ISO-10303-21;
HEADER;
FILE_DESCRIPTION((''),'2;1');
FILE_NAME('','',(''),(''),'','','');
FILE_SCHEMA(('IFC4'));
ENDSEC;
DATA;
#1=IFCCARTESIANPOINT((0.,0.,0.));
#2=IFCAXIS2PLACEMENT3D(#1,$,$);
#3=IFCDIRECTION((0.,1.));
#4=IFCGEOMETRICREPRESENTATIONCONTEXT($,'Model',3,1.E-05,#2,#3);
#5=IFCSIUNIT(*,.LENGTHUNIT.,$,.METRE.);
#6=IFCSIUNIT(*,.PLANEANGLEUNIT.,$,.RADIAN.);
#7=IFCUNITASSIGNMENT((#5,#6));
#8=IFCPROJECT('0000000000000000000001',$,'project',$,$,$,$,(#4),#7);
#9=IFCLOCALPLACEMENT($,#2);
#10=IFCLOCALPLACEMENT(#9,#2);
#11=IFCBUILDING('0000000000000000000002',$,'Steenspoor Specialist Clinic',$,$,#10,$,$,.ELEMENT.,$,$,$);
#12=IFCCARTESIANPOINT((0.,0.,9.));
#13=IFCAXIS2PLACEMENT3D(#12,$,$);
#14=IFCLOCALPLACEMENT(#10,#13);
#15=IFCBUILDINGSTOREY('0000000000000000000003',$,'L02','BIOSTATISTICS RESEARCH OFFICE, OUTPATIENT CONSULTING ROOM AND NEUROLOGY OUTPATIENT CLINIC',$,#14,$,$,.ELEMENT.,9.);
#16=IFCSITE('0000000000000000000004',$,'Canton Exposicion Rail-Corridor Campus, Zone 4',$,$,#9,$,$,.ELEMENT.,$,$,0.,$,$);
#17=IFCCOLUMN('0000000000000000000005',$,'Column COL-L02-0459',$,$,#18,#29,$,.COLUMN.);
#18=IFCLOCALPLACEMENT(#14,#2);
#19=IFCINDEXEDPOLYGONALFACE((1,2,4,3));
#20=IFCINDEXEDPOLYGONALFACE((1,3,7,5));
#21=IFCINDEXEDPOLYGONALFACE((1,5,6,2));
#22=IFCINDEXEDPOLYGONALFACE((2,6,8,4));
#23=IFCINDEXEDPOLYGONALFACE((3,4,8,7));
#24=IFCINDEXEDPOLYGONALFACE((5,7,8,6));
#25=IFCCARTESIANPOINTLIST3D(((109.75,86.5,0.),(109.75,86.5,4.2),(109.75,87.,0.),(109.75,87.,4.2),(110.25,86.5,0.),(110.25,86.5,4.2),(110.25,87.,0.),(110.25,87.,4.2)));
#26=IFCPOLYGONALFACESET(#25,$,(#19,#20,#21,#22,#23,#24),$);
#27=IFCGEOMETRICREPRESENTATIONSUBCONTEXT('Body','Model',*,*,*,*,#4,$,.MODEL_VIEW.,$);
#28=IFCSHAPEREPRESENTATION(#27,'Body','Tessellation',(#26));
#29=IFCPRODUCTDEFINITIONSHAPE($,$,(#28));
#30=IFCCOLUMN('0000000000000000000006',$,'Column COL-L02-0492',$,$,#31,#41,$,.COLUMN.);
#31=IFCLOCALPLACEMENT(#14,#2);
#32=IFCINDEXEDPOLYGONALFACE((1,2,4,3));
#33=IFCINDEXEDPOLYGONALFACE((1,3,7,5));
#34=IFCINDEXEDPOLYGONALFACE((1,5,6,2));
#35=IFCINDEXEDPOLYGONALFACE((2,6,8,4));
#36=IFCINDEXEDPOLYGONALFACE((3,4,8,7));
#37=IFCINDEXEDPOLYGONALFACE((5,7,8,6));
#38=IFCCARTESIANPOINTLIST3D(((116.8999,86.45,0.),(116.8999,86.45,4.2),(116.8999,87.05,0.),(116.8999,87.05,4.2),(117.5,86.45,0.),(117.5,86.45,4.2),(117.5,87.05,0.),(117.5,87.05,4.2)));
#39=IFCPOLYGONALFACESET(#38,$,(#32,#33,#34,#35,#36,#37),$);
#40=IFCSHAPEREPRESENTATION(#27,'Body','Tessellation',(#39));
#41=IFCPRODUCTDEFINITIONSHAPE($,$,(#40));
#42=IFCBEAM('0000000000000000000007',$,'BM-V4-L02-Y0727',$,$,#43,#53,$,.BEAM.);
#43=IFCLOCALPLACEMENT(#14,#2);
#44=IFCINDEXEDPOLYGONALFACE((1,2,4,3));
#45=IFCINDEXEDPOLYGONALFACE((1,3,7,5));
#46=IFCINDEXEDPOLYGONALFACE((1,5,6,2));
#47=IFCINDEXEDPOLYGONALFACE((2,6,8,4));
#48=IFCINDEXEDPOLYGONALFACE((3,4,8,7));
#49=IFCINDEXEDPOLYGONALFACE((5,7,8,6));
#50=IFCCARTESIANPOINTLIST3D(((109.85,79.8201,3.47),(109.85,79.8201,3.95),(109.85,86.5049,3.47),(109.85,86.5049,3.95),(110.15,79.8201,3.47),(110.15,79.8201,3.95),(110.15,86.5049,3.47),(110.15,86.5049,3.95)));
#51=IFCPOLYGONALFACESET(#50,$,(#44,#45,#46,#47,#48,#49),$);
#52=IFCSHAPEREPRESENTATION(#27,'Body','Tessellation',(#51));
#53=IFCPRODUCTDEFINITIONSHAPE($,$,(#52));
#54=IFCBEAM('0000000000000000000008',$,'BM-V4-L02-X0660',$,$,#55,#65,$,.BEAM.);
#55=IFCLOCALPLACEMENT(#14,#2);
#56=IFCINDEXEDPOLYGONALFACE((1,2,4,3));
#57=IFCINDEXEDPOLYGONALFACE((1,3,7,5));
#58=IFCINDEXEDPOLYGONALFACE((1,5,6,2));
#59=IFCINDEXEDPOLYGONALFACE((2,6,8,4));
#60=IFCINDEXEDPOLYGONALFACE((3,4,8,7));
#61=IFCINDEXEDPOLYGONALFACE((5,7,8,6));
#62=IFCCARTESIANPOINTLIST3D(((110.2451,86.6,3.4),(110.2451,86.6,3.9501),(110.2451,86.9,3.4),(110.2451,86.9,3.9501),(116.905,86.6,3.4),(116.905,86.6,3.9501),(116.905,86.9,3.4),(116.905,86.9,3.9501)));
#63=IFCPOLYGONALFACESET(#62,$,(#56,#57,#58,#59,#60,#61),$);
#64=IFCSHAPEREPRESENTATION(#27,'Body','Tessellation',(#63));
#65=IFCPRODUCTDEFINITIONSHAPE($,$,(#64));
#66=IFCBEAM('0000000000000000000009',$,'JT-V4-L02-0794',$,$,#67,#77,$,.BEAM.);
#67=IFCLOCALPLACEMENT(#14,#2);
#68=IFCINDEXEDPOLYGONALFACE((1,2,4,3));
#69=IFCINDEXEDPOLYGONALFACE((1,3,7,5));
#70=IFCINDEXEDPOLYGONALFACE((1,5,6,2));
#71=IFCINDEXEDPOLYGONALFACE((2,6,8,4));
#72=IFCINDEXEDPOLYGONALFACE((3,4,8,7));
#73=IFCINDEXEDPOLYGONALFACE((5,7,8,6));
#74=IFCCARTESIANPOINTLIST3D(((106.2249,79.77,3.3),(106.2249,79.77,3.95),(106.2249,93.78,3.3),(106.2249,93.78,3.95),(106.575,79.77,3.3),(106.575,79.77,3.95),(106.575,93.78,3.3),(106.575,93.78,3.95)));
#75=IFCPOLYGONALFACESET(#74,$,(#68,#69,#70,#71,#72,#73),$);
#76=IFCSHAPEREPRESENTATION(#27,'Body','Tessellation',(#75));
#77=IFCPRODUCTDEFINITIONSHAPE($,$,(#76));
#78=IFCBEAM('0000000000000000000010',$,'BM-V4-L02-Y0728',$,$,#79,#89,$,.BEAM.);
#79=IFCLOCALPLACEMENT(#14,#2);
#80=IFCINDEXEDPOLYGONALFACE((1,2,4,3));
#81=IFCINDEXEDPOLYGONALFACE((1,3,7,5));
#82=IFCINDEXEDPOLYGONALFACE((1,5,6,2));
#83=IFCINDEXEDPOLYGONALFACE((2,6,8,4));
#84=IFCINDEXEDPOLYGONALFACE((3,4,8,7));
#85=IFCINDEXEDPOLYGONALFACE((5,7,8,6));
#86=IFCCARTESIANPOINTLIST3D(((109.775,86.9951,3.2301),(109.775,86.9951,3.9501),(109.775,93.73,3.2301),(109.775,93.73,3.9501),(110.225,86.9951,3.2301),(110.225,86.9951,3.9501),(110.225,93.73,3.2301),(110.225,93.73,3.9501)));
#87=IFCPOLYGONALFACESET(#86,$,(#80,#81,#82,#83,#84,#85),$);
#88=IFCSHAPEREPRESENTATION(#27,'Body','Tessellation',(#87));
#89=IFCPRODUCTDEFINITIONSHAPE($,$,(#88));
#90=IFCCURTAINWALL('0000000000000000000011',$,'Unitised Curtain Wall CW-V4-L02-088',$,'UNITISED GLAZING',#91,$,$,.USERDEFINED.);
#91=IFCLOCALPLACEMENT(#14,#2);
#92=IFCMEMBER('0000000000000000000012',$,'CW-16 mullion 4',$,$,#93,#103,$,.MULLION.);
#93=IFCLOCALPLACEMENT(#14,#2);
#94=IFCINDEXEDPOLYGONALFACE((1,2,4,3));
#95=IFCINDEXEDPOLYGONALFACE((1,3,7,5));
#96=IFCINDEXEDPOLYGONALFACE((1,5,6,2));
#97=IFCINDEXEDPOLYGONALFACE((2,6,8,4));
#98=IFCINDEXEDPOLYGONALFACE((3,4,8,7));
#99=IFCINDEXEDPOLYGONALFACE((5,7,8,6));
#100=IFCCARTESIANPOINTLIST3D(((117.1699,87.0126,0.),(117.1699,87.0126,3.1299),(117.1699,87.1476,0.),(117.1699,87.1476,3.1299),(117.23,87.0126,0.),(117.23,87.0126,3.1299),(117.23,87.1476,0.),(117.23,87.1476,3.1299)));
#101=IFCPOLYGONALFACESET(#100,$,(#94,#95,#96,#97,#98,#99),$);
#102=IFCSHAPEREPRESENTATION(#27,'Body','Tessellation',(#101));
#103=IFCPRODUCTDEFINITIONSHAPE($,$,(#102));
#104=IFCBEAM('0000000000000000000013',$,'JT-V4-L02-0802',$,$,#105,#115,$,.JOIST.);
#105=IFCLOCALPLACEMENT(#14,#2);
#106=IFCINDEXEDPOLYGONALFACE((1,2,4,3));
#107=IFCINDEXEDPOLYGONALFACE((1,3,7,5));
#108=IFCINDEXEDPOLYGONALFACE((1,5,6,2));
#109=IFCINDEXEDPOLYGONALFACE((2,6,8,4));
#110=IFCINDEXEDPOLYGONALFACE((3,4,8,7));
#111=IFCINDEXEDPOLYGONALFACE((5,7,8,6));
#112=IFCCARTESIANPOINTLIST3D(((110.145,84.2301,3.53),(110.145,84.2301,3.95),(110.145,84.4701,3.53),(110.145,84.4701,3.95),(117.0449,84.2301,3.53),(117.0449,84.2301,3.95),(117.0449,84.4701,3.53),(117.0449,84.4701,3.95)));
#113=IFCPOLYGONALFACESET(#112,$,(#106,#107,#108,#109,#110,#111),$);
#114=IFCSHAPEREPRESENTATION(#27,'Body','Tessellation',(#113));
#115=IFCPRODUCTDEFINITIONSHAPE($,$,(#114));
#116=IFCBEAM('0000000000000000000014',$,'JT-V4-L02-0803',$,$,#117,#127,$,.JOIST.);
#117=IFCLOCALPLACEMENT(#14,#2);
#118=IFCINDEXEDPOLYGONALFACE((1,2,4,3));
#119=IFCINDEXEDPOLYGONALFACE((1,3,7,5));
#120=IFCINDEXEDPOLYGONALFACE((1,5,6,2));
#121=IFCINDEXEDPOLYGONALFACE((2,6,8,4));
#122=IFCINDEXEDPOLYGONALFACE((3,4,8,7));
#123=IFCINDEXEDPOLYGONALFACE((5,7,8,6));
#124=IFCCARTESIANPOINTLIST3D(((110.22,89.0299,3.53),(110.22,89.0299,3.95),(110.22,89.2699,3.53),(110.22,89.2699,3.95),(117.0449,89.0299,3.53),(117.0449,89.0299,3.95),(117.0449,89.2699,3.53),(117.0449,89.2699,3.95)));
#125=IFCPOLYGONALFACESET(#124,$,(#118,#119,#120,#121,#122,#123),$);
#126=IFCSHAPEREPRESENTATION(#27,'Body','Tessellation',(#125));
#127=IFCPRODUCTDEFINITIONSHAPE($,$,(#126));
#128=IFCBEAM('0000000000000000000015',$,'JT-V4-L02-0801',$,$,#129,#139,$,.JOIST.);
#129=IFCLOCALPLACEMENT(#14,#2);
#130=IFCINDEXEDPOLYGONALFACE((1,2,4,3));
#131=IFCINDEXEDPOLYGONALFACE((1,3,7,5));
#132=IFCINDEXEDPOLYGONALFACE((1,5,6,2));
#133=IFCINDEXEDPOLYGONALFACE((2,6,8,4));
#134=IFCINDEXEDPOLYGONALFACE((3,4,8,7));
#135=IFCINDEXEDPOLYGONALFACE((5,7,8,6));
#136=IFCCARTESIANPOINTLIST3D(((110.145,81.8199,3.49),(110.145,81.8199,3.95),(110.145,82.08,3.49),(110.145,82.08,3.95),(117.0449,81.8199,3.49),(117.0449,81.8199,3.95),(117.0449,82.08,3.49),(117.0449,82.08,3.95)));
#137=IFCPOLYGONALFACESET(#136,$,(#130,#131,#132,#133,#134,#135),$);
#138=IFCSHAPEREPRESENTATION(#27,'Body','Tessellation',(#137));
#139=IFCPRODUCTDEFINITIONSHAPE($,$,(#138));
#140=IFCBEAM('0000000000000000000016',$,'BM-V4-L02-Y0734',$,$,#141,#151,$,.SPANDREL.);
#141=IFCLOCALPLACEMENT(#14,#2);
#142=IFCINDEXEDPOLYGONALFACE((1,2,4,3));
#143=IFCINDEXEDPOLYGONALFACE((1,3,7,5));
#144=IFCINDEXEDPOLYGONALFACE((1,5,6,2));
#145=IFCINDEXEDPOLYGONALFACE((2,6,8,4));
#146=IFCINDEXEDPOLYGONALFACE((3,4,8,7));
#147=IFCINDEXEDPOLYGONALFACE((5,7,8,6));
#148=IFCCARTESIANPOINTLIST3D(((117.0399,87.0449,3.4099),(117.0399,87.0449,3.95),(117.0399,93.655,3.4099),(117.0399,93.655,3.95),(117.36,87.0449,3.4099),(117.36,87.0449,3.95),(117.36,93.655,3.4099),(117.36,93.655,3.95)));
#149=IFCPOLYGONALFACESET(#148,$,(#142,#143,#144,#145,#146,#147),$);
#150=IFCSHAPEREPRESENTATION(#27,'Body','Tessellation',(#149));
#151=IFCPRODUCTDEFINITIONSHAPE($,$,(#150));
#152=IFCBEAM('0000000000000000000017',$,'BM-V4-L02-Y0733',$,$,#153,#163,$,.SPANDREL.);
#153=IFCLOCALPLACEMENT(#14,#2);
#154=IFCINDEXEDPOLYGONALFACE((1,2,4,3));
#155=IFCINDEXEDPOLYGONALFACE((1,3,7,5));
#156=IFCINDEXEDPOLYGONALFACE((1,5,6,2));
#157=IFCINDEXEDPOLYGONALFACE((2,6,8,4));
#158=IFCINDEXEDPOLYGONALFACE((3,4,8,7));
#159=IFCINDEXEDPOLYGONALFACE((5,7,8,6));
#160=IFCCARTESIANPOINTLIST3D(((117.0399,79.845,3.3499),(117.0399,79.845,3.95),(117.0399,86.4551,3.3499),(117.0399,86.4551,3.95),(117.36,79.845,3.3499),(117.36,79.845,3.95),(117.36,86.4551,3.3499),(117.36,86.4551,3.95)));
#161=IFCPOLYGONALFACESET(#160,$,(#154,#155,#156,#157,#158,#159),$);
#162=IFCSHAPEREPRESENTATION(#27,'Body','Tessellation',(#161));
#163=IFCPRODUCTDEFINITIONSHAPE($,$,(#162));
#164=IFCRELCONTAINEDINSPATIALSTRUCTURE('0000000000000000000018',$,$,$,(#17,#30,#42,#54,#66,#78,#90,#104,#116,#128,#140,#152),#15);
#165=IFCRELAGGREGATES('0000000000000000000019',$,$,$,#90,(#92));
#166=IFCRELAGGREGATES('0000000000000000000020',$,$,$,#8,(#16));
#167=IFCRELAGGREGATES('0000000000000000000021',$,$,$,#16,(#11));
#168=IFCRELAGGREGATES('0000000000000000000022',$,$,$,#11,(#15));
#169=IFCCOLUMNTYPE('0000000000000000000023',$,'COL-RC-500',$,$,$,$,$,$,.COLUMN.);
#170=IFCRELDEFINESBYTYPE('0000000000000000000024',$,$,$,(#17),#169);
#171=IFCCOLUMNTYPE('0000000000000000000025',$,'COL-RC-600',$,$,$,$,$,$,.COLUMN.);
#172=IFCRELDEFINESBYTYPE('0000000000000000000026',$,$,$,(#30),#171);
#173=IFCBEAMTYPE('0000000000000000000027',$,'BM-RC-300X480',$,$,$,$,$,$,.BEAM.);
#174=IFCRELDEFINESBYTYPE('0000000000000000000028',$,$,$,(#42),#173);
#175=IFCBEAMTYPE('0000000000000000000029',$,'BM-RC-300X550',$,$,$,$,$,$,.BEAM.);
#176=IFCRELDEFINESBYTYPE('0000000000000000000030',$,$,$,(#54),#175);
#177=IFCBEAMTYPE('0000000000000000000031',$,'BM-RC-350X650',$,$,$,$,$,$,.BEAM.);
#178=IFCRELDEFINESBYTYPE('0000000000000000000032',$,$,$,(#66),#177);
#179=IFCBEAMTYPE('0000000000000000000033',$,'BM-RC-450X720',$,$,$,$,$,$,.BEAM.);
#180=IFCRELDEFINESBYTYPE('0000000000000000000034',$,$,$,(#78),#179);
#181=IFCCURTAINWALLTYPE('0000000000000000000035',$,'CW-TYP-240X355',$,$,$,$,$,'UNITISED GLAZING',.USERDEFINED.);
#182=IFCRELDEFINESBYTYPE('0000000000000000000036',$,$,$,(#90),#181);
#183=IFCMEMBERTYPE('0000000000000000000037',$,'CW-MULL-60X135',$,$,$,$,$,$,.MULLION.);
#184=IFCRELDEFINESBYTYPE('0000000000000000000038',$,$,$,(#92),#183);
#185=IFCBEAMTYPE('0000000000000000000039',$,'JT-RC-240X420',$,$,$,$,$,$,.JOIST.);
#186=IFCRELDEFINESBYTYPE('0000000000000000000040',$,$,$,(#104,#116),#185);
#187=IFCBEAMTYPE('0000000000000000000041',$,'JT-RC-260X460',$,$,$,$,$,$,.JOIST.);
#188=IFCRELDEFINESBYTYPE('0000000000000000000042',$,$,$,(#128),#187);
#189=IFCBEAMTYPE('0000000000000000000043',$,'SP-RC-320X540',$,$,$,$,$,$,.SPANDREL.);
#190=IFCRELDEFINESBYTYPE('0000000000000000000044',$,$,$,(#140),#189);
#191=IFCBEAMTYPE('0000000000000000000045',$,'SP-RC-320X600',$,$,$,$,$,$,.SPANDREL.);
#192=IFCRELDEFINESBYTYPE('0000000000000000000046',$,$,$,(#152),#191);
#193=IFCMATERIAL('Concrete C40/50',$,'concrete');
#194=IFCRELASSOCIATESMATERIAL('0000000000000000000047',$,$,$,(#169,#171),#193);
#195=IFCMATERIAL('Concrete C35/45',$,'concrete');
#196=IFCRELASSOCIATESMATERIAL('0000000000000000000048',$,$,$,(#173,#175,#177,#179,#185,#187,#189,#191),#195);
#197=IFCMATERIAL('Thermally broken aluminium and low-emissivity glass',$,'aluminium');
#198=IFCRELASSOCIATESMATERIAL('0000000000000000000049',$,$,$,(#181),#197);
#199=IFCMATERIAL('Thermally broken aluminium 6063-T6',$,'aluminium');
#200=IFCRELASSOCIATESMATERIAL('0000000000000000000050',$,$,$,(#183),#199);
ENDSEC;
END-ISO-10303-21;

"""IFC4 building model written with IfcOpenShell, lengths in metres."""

from ifc_helpers import new_model, si_unit, direction, frame, origin, origin_2d, place, context, subcontext, project, spatial, rectangle, extrude, material, material_profile, profile_set, type_object, element, aggregate, save


model = new_model("IFC4")

# Units and contexts
model_context = context("Model", 3, precision=1e-05, world=origin(), true_north=direction((0.0, 1.0)))
body_context = subcontext(model_context, "Body", "Model", "MODEL_VIEW")
ifc_project = project(units=[si_unit("LENGTHUNIT", "METRE"), si_unit("PLANEANGLEUNIT", "RADIAN")], contexts=[model_context])

# Site, building, storey
site_placement = place(None, origin())
site = spatial("IfcSite", under=ifc_project, at=site_placement, Name="Canton Exposicion Rail-Corridor Campus, Zone 4", CompositionType="ELEMENT", RefElevation=0.0)
building_placement = place(site_placement, origin())
building = spatial("IfcBuilding", under=site, at=building_placement, Name="Steenspoor Specialist Clinic", CompositionType="ELEMENT")
storey_placement = place(building_placement, frame((0.0, 0.0, 9.0)))
storey = spatial("IfcBuildingStorey", under=building, at=storey_placement, Name="L02", Description="BIOSTATISTICS RESEARCH OFFICE, OUTPATIENT CONSULTING ROOM AND NEUROLOGY OUTPATIENT CLINIC", CompositionType="ELEMENT", Elevation=9.0)

# Columns
ifc_material_1 = material(Name="Concrete C40/50", Category="concrete")
ifc_material_profile_1 = material_profile(ifc_material_1, rectangle(XDim=0.5, YDim=0.5, at=origin_2d()), Name="RC-COL-500X500")
ifc_profile_set_1 = profile_set([ifc_material_profile_1], Name="Concrete C40/50")
column_type_1 = type_object("IfcColumnType", Name="COL-RC-500", PredefinedType="COLUMN", material=ifc_profile_set_1)
column_1_placement = place(storey_placement, frame((110.0, 86.75, 0.0), z_axis=(0.0, 0.0, 1.0), x_axis=(1.0, 0.0, 0.0)))
element("IfcColumn", 1, at=column_1_placement, inside=storey, type_object=column_type_1, Name="Column COL-L02-0459", PredefinedType="COLUMN", context=body_context, shape_type="SweptSolid", body=[
    extrude(rectangle(XDim=0.5, YDim=0.5, at=origin_2d()), origin(), (0.0, 0.0, 1.0), 4.2),
])
ifc_material_profile_2 = material_profile(ifc_material_1, rectangle(XDim=0.6001, YDim=0.6001, at=origin_2d()), Name="RC-COL-600X600")
ifc_profile_set_2 = profile_set([ifc_material_profile_2], Name="Concrete C40/50")
column_type_2 = type_object("IfcColumnType", Name="COL-RC-600", PredefinedType="COLUMN", material=ifc_profile_set_2)
column_2_placement = place(storey_placement, frame((117.2, 86.75, 0.0), z_axis=(0.0, 0.0, 1.0), x_axis=(1.0, 0.0, 0.0)))
element("IfcColumn", 2, at=column_2_placement, inside=storey, type_object=column_type_2, Name="Column COL-L02-0492", PredefinedType="COLUMN", context=body_context, shape_type="SweptSolid", body=[
    extrude(rectangle(XDim=0.6001, YDim=0.6001, at=origin_2d()), origin(), (0.0, 0.0, 1.0), 4.2),
])

# Beams
ifc_material_2 = material(Name="Concrete C35/45", Category="concrete")
ifc_material_profile_3 = material_profile(ifc_material_2, rectangle(XDim=0.3, YDim=0.48, at=origin_2d()), Name="RC-BM-300X480")
ifc_profile_set_3 = profile_set([ifc_material_profile_3], Name="Concrete C35/45")
beam_type_1 = type_object("IfcBeamType", Name="BM-RC-300X480", PredefinedType="BEAM", material=ifc_profile_set_3)
beam_1_placement = place(storey_placement, frame((110.0, 79.8201, 3.71), z_axis=(0.0, 1.0, 0.0), x_axis=(-1.0, 0.0, 0.0)))
element("IfcBeam", 3, at=beam_1_placement, inside=storey, type_object=beam_type_1, Name="BM-V4-L02-Y0727", PredefinedType="BEAM", context=body_context, shape_type="SweptSolid", body=[
    extrude(rectangle(XDim=0.3, YDim=0.48, at=origin_2d()), origin(), (0.0, 0.0, 1.0), 6.6848),
])
ifc_material_profile_4 = material_profile(ifc_material_2, rectangle(XDim=0.3, YDim=0.55, at=origin_2d()), Name="RC-BM-300X550")
ifc_profile_set_4 = profile_set([ifc_material_profile_4], Name="Concrete C35/45")
beam_type_2 = type_object("IfcBeamType", Name="BM-RC-300X550", PredefinedType="BEAM", material=ifc_profile_set_4)
beam_2_placement = place(storey_placement, frame((110.2451, 86.75, 3.675), z_axis=(1.0, 0.0, 0.0), x_axis=(0.0, 1.0, 0.0)))
element("IfcBeam", 4, at=beam_2_placement, inside=storey, type_object=beam_type_2, Name="BM-V4-L02-X0660", PredefinedType="BEAM", context=body_context, shape_type="SweptSolid", body=[
    extrude(rectangle(XDim=0.3, YDim=0.55, at=origin_2d()), origin(), (0.0, 0.0, 1.0), 6.6599),
])
ifc_material_profile_5 = material_profile(ifc_material_2, rectangle(XDim=0.3501, YDim=0.6499, at=origin_2d()), Name="RC-BM-350X650")
ifc_profile_set_5 = profile_set([ifc_material_profile_5], Name="Concrete C35/45")
beam_type_3 = type_object("IfcBeamType", Name="BM-RC-350X650", PredefinedType="BEAM", material=ifc_profile_set_5)
beam_3_placement = place(storey_placement, frame((106.3999, 79.77, 3.625), z_axis=(0.0, 1.0, 0.0), x_axis=(-1.0, 0.0, 0.0)))
element("IfcBeam", 5, at=beam_3_placement, inside=storey, type_object=beam_type_3, Name="JT-V4-L02-0794", PredefinedType="BEAM", context=body_context, shape_type="SweptSolid", body=[
    extrude(rectangle(XDim=0.3501, YDim=0.6499, at=origin_2d()), origin(), (0.0, 0.0, 1.0), 14.01),
])
ifc_material_profile_6 = material_profile(ifc_material_2, rectangle(XDim=0.45, YDim=0.72, at=origin_2d()), Name="RC-BM-450X720")
ifc_profile_set_6 = profile_set([ifc_material_profile_6], Name="Concrete C35/45")
beam_type_4 = type_object("IfcBeamType", Name="BM-RC-450X720", PredefinedType="BEAM", material=ifc_profile_set_6)
beam_4_placement = place(storey_placement, frame((110.0, 86.9951, 3.5901), z_axis=(0.0, 1.0, 0.0), x_axis=(-1.0, 0.0, 0.0)))
element("IfcBeam", 6, at=beam_4_placement, inside=storey, type_object=beam_type_4, Name="BM-V4-L02-Y0728", PredefinedType="BEAM", context=body_context, shape_type="SweptSolid", body=[
    extrude(rectangle(XDim=0.45, YDim=0.72, at=origin_2d()), origin(), (0.0, 0.0, 1.0), 6.7349),
])

# Curtain wall, member
ifc_material_3 = material(Name="Thermally broken aluminium and low-emissivity glass", Category="aluminium")
curtain_wall_type = type_object("IfcCurtainWallType", Name="CW-TYP-240X355", ElementType="UNITISED GLAZING", PredefinedType="USERDEFINED", material=ifc_material_3)
curtain_wall_placement = place(storey_placement, origin())
curtain_wall = element("IfcCurtainWall", 7, at=curtain_wall_placement, inside=storey, type_object=curtain_wall_type, Name="Unitised Curtain Wall CW-V4-L02-088", ObjectType="UNITISED GLAZING", PredefinedType="USERDEFINED")
ifc_material_4 = material(Name="Thermally broken aluminium 6063-T6", Category="aluminium")
ifc_material_profile_7 = material_profile(ifc_material_4, rectangle(XDim=0.0601, YDim=0.135, at=origin_2d()), Name="CWM-60X135")
ifc_profile_set_7 = profile_set([ifc_material_profile_7], Name="Thermally broken aluminium 6063-T6")
member_type = type_object("IfcMemberType", Name="CW-MULL-60X135", PredefinedType="MULLION", material=ifc_profile_set_7)
member_placement = place(storey_placement, frame((117.2, 87.0801, 0.0), z_axis=(0.0, 0.0, 1.0), x_axis=(1.0, 0.0, 0.0)))
member = element("IfcMember", 8, at=member_placement, type_object=member_type, Name="CW-16 mullion 4", PredefinedType="MULLION", context=body_context, shape_type="SweptSolid", body=[
    extrude(rectangle(XDim=0.0601, YDim=0.135, at=origin_2d()), origin(), (0.0, 0.0, 1.0), 3.1299),
])

# Beams
ifc_material_profile_8 = material_profile(ifc_material_2, rectangle(XDim=0.24, YDim=0.4199, at=origin_2d()), Name="RC-JT-240X420")
ifc_profile_set_8 = profile_set([ifc_material_profile_8], Name="Concrete C35/45")
beam_type_5 = type_object("IfcBeamType", Name="JT-RC-240X420", PredefinedType="JOIST", material=ifc_profile_set_8)
beam_5_placement = place(storey_placement, frame((110.145, 84.3501, 3.74), z_axis=(1.0, 0.0, 0.0), x_axis=(0.0, 1.0, 0.0)))
element("IfcBeam", 9, at=beam_5_placement, inside=storey, type_object=beam_type_5, Name="JT-V4-L02-0802", PredefinedType="JOIST", context=body_context, shape_type="SweptSolid", body=[
    extrude(rectangle(XDim=0.24, YDim=0.4199, at=origin_2d()), origin(), (0.0, 0.0, 1.0), 6.8999),
])
beam_6_placement = place(storey_placement, frame((110.22, 89.1499, 3.74), z_axis=(1.0, 0.0, 0.0), x_axis=(0.0, 1.0, 0.0)))
element("IfcBeam", 10, at=beam_6_placement, inside=storey, type_object=beam_type_5, Name="JT-V4-L02-0803", PredefinedType="JOIST", context=body_context, shape_type="SweptSolid", body=[
    extrude(rectangle(XDim=0.24, YDim=0.4199, at=origin_2d()), origin(), (0.0, 0.0, 1.0), 6.825),
])
ifc_material_profile_9 = material_profile(ifc_material_2, rectangle(XDim=0.26, YDim=0.46, at=origin_2d()), Name="RC-JT-260X460")
ifc_profile_set_9 = profile_set([ifc_material_profile_9], Name="Concrete C35/45")
beam_type_6 = type_object("IfcBeamType", Name="JT-RC-260X460", PredefinedType="JOIST", material=ifc_profile_set_9)
beam_7_placement = place(storey_placement, frame((110.145, 81.95, 3.72), z_axis=(1.0, 0.0, 0.0), x_axis=(0.0, 1.0, 0.0)))
element("IfcBeam", 11, at=beam_7_placement, inside=storey, type_object=beam_type_6, Name="JT-V4-L02-0801", PredefinedType="JOIST", context=body_context, shape_type="SweptSolid", body=[
    extrude(rectangle(XDim=0.26, YDim=0.46, at=origin_2d()), origin(), (0.0, 0.0, 1.0), 6.8999),
])
ifc_material_profile_10 = material_profile(ifc_material_2, rectangle(XDim=0.3201, YDim=0.54, at=origin_2d()), Name="RC-SP-320X540")
ifc_profile_set_10 = profile_set([ifc_material_profile_10], Name="Concrete C35/45")
beam_type_7 = type_object("IfcBeamType", Name="SP-RC-320X540", PredefinedType="SPANDREL", material=ifc_profile_set_10)
beam_8_placement = place(storey_placement, frame((117.2, 87.0449, 3.6799), z_axis=(0.0, 1.0, 0.0), x_axis=(-1.0, 0.0, 0.0)))
element("IfcBeam", 12, at=beam_8_placement, inside=storey, type_object=beam_type_7, Name="BM-V4-L02-Y0734", PredefinedType="SPANDREL", context=body_context, shape_type="SweptSolid", body=[
    extrude(rectangle(XDim=0.3201, YDim=0.54, at=origin_2d()), origin(), (0.0, 0.0, 1.0), 6.6101),
])
ifc_material_profile_11 = material_profile(ifc_material_2, rectangle(XDim=0.3201, YDim=0.6001, at=origin_2d()), Name="RC-SP-320X600")
ifc_profile_set_11 = profile_set([ifc_material_profile_11], Name="Concrete C35/45")
beam_type_8 = type_object("IfcBeamType", Name="SP-RC-320X600", PredefinedType="SPANDREL", material=ifc_profile_set_11)
beam_9_placement = place(storey_placement, frame((117.2, 79.845, 3.6499), z_axis=(0.0, 1.0, 0.0), x_axis=(-1.0, 0.0, 0.0)))
element("IfcBeam", 13, at=beam_9_placement, inside=storey, type_object=beam_type_8, Name="BM-V4-L02-Y0733", PredefinedType="SPANDREL", context=body_context, shape_type="SweptSolid", body=[
    extrude(rectangle(XDim=0.3201, YDim=0.6001, at=origin_2d()), origin(), (0.0, 0.0, 1.0), 6.6101),
])

aggregate(curtain_wall, [member])

save(model, "model.ifc")
